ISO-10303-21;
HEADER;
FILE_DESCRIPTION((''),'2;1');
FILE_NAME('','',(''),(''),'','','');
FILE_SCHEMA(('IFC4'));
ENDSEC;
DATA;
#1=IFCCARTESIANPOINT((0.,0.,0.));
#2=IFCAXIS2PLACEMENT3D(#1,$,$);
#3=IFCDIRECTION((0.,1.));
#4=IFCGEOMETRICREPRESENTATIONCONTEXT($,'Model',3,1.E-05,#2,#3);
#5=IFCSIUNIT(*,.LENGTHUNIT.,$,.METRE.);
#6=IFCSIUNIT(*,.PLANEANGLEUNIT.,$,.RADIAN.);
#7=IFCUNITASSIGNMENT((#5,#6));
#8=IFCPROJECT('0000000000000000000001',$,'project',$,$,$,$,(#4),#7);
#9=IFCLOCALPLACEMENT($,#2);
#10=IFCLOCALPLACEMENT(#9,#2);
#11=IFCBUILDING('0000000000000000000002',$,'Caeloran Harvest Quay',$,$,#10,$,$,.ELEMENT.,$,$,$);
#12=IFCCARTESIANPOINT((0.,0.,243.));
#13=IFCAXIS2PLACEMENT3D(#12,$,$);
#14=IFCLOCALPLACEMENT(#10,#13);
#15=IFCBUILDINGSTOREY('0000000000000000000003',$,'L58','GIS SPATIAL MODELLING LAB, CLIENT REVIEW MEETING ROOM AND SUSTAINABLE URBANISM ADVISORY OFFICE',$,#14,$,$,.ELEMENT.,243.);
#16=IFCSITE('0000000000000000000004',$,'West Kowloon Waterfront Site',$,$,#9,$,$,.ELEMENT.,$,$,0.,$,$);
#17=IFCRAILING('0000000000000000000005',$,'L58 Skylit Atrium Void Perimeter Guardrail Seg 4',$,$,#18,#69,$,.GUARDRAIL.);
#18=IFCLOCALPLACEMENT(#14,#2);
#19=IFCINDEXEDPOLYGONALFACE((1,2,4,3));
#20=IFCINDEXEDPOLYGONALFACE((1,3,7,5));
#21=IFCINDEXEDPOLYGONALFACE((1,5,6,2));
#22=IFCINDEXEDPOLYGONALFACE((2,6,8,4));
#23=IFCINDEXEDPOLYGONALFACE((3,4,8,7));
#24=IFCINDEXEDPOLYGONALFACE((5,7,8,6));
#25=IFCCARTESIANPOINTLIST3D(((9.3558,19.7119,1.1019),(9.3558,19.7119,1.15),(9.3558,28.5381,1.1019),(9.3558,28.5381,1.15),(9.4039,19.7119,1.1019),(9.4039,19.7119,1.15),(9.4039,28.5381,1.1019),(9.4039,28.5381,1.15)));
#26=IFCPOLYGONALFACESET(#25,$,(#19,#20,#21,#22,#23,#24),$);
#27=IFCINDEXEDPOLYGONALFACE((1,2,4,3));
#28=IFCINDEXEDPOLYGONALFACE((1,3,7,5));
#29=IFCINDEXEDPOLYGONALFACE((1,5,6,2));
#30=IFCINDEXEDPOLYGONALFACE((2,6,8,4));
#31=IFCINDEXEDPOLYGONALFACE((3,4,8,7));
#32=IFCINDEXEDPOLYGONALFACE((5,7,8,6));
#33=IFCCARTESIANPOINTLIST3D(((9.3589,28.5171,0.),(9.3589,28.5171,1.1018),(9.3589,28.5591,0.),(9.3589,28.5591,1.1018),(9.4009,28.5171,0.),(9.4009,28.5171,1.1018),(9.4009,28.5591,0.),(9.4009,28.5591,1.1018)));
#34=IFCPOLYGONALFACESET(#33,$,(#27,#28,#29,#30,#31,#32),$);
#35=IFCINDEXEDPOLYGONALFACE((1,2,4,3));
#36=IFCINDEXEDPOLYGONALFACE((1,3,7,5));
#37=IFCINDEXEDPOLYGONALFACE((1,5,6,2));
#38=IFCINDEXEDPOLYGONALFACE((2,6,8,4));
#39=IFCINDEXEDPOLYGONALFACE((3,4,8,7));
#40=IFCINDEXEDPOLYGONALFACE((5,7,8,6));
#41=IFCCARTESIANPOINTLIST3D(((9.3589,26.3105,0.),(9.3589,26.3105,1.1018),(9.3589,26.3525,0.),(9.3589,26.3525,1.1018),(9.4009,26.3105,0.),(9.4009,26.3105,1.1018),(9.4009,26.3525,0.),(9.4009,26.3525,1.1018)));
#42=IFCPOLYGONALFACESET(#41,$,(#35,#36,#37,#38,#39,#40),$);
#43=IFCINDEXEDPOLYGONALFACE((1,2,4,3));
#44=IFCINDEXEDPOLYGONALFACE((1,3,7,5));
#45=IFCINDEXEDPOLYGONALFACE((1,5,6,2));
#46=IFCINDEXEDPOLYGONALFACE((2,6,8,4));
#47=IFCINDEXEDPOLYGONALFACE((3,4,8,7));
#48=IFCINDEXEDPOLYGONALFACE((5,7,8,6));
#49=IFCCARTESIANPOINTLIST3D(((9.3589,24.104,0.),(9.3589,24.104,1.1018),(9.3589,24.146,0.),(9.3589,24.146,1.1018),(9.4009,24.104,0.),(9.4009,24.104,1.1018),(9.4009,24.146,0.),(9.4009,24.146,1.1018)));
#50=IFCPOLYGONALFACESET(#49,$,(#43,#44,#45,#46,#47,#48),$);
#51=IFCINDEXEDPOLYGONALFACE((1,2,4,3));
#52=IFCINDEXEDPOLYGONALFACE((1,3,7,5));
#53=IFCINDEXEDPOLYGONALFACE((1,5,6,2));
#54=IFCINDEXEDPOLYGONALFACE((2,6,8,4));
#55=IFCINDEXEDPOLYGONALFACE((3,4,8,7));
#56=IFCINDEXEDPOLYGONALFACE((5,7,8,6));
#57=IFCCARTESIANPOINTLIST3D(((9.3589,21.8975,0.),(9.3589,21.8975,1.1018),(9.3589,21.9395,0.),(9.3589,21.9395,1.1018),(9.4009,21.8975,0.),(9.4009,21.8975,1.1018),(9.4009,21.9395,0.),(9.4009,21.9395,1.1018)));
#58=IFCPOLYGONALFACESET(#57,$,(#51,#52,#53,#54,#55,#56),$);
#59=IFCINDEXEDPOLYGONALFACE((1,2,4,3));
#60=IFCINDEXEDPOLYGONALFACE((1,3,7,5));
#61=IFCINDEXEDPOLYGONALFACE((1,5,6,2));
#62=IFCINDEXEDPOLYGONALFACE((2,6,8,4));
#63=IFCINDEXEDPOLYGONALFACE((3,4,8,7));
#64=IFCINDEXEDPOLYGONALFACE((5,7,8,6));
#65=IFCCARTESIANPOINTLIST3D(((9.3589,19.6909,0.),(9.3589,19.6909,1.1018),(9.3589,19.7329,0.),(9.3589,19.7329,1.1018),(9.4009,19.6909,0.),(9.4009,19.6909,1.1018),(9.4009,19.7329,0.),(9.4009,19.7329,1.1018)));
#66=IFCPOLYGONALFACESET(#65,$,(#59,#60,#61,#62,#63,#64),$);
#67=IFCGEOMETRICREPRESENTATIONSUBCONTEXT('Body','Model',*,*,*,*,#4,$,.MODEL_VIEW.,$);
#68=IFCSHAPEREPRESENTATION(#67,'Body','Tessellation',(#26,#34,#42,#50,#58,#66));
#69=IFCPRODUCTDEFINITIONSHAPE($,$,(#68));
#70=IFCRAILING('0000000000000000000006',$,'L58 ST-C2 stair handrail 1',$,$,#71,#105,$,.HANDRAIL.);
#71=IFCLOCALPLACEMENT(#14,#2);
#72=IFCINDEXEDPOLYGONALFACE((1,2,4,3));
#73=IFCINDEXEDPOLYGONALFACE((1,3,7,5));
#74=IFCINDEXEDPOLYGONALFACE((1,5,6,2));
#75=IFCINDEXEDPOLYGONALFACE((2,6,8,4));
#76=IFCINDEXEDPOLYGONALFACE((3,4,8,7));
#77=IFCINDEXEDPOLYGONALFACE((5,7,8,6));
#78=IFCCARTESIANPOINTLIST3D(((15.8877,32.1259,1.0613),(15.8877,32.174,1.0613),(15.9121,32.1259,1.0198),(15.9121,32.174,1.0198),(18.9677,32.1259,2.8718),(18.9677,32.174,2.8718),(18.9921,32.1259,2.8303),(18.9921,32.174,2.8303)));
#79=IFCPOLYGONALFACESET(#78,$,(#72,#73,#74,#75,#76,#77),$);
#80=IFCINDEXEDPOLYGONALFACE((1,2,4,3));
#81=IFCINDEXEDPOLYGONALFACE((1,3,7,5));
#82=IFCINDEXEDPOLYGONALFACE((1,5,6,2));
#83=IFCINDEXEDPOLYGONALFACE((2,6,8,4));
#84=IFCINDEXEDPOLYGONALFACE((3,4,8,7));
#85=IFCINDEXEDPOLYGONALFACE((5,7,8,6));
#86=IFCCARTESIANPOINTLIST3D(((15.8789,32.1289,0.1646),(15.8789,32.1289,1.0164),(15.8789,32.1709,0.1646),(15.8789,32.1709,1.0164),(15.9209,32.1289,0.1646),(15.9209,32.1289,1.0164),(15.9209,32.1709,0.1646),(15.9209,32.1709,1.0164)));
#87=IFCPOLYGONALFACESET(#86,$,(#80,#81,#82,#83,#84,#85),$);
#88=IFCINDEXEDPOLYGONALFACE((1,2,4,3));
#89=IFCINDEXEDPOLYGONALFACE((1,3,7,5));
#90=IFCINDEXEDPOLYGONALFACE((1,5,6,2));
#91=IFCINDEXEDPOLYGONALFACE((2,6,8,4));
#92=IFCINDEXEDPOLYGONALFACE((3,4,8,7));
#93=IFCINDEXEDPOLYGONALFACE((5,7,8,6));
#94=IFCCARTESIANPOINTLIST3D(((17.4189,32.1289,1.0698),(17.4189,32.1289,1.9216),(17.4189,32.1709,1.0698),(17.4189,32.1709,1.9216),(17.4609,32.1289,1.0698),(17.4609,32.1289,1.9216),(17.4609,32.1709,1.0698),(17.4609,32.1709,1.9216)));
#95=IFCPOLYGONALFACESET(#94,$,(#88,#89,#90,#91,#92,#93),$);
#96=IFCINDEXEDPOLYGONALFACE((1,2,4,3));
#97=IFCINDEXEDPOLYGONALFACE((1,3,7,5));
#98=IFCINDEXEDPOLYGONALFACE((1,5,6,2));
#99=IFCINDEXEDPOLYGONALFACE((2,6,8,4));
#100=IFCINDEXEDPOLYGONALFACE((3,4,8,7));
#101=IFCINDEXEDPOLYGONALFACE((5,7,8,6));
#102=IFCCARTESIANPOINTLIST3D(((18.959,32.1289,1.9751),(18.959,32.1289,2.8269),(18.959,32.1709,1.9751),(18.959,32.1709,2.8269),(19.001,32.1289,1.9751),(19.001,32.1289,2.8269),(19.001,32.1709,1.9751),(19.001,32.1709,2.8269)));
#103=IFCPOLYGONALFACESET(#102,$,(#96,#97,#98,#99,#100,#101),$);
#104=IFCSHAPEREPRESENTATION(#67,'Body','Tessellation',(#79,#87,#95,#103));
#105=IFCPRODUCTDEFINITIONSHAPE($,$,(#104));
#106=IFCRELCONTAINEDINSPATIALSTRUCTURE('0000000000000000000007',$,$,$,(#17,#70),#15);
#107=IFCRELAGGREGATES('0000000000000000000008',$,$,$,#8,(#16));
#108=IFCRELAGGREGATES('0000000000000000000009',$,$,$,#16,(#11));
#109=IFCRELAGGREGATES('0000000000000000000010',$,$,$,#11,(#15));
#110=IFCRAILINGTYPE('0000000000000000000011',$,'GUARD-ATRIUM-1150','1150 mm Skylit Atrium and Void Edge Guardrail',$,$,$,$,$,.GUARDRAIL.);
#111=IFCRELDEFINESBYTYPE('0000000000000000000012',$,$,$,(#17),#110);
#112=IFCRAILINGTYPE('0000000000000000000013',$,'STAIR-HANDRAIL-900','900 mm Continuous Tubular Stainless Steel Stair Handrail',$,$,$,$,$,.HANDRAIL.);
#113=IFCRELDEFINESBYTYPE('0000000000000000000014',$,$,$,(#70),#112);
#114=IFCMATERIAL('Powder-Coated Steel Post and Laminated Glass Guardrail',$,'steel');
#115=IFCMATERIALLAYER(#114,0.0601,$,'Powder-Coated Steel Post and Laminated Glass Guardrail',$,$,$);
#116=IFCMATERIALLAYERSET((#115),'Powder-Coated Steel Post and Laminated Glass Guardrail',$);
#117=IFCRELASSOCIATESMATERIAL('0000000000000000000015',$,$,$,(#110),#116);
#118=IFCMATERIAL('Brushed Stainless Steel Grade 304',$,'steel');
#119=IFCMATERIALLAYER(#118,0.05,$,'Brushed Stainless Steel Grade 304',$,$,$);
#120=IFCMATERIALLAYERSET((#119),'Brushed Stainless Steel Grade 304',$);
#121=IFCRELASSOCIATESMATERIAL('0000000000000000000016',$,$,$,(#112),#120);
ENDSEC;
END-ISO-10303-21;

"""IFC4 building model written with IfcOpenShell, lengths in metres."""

from ifc_helpers import new_model, si_unit, direction, frame, origin, origin_2d, place, context, subcontext, project, spatial, rectangle, extrude, material, layer, layer_set, type_object, element, save


model = new_model("IFC4")

# Units and contexts
model_context = context("Model", 3, precision=1e-05, world=origin(), true_north=direction((0.0, 1.0)))
body_context = subcontext(model_context, "Body", "Model", "MODEL_VIEW")
ifc_project = project(units=[si_unit("LENGTHUNIT", "METRE"), si_unit("PLANEANGLEUNIT", "RADIAN")], contexts=[model_context])

# Site, building, storey
site_placement = place(None, origin())
site = spatial("IfcSite", under=ifc_project, at=site_placement, Name="West Kowloon Waterfront Site", CompositionType="ELEMENT", RefElevation=0.0)
building_placement = place(site_placement, origin())
building = spatial("IfcBuilding", under=site, at=building_placement, Name="Caeloran Harvest Quay", CompositionType="ELEMENT")
storey_placement = place(building_placement, frame((0.0, 0.0, 243.0)))
storey = spatial("IfcBuildingStorey", under=building, at=storey_placement, Name="L58", Description="GIS SPATIAL MODELLING LAB, CLIENT REVIEW MEETING ROOM AND SUSTAINABLE URBANISM ADVISORY OFFICE", CompositionType="ELEMENT", Elevation=243.0)

# Railings
ifc_material_1 = material(Name="Powder-Coated Steel Post and Laminated Glass Guardrail", Category="steel")
ifc_layer_1 = layer(ifc_material_1, 0.0601, Name="Powder-Coated Steel Post and Laminated Glass Guardrail")
ifc_layer_set_1 = layer_set([ifc_layer_1], Name="Powder-Coated Steel Post and Laminated Glass Guardrail")
railing_type_1 = type_object("IfcRailingType", Name="GUARD-ATRIUM-1150", Description="1150 mm Skylit Atrium and Void Edge Guardrail", PredefinedType="GUARDRAIL", material=ifc_layer_set_1)
railing_1_placement = place(storey_placement, frame((9.3799, 28.5381, 0.0)))
element("IfcRailing", 1, at=railing_1_placement, inside=storey, type_object=railing_type_1, Name="L58 Skylit Atrium Void Perimeter Guardrail Seg 4", PredefinedType="GUARDRAIL", context=body_context, shape_type="SweptSolid", body=[
    extrude(rectangle(XDim=0.0481, YDim=0.0481, at=origin_2d()), frame((0.0, 0.0, 1.126), z_axis=(0.0, -1.0, 0.0), x_axis=(1.0, 0.0, 0.0)), (0.0, 0.0, 1.0), 8.8262),
    extrude(rectangle(XDim=0.042, YDim=0.042, at=origin_2d()), origin(), (0.0, 0.0, 1.0), 1.1018),
    extrude(rectangle(XDim=0.042, YDim=0.042, at=origin_2d()), frame((0.0, -2.2065, 0.0)), (0.0, 0.0, 1.0), 1.1018),
    extrude(rectangle(XDim=0.042, YDim=0.042, at=origin_2d()), frame((0.0, -4.4131, 0.0)), (0.0, 0.0, 1.0), 1.1018),
    extrude(rectangle(XDim=0.042, YDim=0.042, at=origin_2d()), frame((0.0, -6.6196, 0.0)), (0.0, 0.0, 1.0), 1.1018),
    extrude(rectangle(XDim=0.042, YDim=0.042, at=origin_2d()), frame((0.0, -8.8262, 0.0)), (0.0, 0.0, 1.0), 1.1018),
])
ifc_material_2 = material(Name="Brushed Stainless Steel Grade 304", Category="steel")
ifc_layer_2 = layer(ifc_material_2, 0.05, Name="Brushed Stainless Steel Grade 304")
ifc_layer_set_2 = layer_set([ifc_layer_2], Name="Brushed Stainless Steel Grade 304")
railing_type_2 = type_object("IfcRailingType", Name="STAIR-HANDRAIL-900", Description="900 mm Continuous Tubular Stainless Steel Stair Handrail", PredefinedType="HANDRAIL", material=ifc_layer_set_2)
railing_2_placement = place(storey_placement, frame((15.8999, 32.1499, 0.1646)))
element("IfcRailing", 2, at=railing_2_placement, inside=storey, type_object=railing_type_2, Name="L58 ST-C2 stair handrail 1", PredefinedType="HANDRAIL", context=body_context, shape_type="SweptSolid", body=[
    extrude(rectangle(XDim=0.0481, YDim=0.0481, at=origin_2d()), frame((0.0, 0.0, 0.876), z_axis=(0.862089, 0.0, 0.506757), x_axis=(0.0, 1.0, 0.0)), (0.0, 0.0, 1.0), 3.5728),
    extrude(rectangle(XDim=0.042, YDim=0.042, at=origin_2d()), origin(), (0.0, 0.0, 1.0), 0.8518),
    extrude(rectangle(XDim=0.042, YDim=0.042, at=origin_2d()), frame((1.54, 0.0, 0.9053)), (0.0, 0.0, 1.0), 0.8518),
    extrude(rectangle(XDim=0.042, YDim=0.042, at=origin_2d()), frame((3.0801, 0.0, 1.8105)), (0.0, 0.0, 1.0), 0.8518),
])

save(model, "model.ifc")
